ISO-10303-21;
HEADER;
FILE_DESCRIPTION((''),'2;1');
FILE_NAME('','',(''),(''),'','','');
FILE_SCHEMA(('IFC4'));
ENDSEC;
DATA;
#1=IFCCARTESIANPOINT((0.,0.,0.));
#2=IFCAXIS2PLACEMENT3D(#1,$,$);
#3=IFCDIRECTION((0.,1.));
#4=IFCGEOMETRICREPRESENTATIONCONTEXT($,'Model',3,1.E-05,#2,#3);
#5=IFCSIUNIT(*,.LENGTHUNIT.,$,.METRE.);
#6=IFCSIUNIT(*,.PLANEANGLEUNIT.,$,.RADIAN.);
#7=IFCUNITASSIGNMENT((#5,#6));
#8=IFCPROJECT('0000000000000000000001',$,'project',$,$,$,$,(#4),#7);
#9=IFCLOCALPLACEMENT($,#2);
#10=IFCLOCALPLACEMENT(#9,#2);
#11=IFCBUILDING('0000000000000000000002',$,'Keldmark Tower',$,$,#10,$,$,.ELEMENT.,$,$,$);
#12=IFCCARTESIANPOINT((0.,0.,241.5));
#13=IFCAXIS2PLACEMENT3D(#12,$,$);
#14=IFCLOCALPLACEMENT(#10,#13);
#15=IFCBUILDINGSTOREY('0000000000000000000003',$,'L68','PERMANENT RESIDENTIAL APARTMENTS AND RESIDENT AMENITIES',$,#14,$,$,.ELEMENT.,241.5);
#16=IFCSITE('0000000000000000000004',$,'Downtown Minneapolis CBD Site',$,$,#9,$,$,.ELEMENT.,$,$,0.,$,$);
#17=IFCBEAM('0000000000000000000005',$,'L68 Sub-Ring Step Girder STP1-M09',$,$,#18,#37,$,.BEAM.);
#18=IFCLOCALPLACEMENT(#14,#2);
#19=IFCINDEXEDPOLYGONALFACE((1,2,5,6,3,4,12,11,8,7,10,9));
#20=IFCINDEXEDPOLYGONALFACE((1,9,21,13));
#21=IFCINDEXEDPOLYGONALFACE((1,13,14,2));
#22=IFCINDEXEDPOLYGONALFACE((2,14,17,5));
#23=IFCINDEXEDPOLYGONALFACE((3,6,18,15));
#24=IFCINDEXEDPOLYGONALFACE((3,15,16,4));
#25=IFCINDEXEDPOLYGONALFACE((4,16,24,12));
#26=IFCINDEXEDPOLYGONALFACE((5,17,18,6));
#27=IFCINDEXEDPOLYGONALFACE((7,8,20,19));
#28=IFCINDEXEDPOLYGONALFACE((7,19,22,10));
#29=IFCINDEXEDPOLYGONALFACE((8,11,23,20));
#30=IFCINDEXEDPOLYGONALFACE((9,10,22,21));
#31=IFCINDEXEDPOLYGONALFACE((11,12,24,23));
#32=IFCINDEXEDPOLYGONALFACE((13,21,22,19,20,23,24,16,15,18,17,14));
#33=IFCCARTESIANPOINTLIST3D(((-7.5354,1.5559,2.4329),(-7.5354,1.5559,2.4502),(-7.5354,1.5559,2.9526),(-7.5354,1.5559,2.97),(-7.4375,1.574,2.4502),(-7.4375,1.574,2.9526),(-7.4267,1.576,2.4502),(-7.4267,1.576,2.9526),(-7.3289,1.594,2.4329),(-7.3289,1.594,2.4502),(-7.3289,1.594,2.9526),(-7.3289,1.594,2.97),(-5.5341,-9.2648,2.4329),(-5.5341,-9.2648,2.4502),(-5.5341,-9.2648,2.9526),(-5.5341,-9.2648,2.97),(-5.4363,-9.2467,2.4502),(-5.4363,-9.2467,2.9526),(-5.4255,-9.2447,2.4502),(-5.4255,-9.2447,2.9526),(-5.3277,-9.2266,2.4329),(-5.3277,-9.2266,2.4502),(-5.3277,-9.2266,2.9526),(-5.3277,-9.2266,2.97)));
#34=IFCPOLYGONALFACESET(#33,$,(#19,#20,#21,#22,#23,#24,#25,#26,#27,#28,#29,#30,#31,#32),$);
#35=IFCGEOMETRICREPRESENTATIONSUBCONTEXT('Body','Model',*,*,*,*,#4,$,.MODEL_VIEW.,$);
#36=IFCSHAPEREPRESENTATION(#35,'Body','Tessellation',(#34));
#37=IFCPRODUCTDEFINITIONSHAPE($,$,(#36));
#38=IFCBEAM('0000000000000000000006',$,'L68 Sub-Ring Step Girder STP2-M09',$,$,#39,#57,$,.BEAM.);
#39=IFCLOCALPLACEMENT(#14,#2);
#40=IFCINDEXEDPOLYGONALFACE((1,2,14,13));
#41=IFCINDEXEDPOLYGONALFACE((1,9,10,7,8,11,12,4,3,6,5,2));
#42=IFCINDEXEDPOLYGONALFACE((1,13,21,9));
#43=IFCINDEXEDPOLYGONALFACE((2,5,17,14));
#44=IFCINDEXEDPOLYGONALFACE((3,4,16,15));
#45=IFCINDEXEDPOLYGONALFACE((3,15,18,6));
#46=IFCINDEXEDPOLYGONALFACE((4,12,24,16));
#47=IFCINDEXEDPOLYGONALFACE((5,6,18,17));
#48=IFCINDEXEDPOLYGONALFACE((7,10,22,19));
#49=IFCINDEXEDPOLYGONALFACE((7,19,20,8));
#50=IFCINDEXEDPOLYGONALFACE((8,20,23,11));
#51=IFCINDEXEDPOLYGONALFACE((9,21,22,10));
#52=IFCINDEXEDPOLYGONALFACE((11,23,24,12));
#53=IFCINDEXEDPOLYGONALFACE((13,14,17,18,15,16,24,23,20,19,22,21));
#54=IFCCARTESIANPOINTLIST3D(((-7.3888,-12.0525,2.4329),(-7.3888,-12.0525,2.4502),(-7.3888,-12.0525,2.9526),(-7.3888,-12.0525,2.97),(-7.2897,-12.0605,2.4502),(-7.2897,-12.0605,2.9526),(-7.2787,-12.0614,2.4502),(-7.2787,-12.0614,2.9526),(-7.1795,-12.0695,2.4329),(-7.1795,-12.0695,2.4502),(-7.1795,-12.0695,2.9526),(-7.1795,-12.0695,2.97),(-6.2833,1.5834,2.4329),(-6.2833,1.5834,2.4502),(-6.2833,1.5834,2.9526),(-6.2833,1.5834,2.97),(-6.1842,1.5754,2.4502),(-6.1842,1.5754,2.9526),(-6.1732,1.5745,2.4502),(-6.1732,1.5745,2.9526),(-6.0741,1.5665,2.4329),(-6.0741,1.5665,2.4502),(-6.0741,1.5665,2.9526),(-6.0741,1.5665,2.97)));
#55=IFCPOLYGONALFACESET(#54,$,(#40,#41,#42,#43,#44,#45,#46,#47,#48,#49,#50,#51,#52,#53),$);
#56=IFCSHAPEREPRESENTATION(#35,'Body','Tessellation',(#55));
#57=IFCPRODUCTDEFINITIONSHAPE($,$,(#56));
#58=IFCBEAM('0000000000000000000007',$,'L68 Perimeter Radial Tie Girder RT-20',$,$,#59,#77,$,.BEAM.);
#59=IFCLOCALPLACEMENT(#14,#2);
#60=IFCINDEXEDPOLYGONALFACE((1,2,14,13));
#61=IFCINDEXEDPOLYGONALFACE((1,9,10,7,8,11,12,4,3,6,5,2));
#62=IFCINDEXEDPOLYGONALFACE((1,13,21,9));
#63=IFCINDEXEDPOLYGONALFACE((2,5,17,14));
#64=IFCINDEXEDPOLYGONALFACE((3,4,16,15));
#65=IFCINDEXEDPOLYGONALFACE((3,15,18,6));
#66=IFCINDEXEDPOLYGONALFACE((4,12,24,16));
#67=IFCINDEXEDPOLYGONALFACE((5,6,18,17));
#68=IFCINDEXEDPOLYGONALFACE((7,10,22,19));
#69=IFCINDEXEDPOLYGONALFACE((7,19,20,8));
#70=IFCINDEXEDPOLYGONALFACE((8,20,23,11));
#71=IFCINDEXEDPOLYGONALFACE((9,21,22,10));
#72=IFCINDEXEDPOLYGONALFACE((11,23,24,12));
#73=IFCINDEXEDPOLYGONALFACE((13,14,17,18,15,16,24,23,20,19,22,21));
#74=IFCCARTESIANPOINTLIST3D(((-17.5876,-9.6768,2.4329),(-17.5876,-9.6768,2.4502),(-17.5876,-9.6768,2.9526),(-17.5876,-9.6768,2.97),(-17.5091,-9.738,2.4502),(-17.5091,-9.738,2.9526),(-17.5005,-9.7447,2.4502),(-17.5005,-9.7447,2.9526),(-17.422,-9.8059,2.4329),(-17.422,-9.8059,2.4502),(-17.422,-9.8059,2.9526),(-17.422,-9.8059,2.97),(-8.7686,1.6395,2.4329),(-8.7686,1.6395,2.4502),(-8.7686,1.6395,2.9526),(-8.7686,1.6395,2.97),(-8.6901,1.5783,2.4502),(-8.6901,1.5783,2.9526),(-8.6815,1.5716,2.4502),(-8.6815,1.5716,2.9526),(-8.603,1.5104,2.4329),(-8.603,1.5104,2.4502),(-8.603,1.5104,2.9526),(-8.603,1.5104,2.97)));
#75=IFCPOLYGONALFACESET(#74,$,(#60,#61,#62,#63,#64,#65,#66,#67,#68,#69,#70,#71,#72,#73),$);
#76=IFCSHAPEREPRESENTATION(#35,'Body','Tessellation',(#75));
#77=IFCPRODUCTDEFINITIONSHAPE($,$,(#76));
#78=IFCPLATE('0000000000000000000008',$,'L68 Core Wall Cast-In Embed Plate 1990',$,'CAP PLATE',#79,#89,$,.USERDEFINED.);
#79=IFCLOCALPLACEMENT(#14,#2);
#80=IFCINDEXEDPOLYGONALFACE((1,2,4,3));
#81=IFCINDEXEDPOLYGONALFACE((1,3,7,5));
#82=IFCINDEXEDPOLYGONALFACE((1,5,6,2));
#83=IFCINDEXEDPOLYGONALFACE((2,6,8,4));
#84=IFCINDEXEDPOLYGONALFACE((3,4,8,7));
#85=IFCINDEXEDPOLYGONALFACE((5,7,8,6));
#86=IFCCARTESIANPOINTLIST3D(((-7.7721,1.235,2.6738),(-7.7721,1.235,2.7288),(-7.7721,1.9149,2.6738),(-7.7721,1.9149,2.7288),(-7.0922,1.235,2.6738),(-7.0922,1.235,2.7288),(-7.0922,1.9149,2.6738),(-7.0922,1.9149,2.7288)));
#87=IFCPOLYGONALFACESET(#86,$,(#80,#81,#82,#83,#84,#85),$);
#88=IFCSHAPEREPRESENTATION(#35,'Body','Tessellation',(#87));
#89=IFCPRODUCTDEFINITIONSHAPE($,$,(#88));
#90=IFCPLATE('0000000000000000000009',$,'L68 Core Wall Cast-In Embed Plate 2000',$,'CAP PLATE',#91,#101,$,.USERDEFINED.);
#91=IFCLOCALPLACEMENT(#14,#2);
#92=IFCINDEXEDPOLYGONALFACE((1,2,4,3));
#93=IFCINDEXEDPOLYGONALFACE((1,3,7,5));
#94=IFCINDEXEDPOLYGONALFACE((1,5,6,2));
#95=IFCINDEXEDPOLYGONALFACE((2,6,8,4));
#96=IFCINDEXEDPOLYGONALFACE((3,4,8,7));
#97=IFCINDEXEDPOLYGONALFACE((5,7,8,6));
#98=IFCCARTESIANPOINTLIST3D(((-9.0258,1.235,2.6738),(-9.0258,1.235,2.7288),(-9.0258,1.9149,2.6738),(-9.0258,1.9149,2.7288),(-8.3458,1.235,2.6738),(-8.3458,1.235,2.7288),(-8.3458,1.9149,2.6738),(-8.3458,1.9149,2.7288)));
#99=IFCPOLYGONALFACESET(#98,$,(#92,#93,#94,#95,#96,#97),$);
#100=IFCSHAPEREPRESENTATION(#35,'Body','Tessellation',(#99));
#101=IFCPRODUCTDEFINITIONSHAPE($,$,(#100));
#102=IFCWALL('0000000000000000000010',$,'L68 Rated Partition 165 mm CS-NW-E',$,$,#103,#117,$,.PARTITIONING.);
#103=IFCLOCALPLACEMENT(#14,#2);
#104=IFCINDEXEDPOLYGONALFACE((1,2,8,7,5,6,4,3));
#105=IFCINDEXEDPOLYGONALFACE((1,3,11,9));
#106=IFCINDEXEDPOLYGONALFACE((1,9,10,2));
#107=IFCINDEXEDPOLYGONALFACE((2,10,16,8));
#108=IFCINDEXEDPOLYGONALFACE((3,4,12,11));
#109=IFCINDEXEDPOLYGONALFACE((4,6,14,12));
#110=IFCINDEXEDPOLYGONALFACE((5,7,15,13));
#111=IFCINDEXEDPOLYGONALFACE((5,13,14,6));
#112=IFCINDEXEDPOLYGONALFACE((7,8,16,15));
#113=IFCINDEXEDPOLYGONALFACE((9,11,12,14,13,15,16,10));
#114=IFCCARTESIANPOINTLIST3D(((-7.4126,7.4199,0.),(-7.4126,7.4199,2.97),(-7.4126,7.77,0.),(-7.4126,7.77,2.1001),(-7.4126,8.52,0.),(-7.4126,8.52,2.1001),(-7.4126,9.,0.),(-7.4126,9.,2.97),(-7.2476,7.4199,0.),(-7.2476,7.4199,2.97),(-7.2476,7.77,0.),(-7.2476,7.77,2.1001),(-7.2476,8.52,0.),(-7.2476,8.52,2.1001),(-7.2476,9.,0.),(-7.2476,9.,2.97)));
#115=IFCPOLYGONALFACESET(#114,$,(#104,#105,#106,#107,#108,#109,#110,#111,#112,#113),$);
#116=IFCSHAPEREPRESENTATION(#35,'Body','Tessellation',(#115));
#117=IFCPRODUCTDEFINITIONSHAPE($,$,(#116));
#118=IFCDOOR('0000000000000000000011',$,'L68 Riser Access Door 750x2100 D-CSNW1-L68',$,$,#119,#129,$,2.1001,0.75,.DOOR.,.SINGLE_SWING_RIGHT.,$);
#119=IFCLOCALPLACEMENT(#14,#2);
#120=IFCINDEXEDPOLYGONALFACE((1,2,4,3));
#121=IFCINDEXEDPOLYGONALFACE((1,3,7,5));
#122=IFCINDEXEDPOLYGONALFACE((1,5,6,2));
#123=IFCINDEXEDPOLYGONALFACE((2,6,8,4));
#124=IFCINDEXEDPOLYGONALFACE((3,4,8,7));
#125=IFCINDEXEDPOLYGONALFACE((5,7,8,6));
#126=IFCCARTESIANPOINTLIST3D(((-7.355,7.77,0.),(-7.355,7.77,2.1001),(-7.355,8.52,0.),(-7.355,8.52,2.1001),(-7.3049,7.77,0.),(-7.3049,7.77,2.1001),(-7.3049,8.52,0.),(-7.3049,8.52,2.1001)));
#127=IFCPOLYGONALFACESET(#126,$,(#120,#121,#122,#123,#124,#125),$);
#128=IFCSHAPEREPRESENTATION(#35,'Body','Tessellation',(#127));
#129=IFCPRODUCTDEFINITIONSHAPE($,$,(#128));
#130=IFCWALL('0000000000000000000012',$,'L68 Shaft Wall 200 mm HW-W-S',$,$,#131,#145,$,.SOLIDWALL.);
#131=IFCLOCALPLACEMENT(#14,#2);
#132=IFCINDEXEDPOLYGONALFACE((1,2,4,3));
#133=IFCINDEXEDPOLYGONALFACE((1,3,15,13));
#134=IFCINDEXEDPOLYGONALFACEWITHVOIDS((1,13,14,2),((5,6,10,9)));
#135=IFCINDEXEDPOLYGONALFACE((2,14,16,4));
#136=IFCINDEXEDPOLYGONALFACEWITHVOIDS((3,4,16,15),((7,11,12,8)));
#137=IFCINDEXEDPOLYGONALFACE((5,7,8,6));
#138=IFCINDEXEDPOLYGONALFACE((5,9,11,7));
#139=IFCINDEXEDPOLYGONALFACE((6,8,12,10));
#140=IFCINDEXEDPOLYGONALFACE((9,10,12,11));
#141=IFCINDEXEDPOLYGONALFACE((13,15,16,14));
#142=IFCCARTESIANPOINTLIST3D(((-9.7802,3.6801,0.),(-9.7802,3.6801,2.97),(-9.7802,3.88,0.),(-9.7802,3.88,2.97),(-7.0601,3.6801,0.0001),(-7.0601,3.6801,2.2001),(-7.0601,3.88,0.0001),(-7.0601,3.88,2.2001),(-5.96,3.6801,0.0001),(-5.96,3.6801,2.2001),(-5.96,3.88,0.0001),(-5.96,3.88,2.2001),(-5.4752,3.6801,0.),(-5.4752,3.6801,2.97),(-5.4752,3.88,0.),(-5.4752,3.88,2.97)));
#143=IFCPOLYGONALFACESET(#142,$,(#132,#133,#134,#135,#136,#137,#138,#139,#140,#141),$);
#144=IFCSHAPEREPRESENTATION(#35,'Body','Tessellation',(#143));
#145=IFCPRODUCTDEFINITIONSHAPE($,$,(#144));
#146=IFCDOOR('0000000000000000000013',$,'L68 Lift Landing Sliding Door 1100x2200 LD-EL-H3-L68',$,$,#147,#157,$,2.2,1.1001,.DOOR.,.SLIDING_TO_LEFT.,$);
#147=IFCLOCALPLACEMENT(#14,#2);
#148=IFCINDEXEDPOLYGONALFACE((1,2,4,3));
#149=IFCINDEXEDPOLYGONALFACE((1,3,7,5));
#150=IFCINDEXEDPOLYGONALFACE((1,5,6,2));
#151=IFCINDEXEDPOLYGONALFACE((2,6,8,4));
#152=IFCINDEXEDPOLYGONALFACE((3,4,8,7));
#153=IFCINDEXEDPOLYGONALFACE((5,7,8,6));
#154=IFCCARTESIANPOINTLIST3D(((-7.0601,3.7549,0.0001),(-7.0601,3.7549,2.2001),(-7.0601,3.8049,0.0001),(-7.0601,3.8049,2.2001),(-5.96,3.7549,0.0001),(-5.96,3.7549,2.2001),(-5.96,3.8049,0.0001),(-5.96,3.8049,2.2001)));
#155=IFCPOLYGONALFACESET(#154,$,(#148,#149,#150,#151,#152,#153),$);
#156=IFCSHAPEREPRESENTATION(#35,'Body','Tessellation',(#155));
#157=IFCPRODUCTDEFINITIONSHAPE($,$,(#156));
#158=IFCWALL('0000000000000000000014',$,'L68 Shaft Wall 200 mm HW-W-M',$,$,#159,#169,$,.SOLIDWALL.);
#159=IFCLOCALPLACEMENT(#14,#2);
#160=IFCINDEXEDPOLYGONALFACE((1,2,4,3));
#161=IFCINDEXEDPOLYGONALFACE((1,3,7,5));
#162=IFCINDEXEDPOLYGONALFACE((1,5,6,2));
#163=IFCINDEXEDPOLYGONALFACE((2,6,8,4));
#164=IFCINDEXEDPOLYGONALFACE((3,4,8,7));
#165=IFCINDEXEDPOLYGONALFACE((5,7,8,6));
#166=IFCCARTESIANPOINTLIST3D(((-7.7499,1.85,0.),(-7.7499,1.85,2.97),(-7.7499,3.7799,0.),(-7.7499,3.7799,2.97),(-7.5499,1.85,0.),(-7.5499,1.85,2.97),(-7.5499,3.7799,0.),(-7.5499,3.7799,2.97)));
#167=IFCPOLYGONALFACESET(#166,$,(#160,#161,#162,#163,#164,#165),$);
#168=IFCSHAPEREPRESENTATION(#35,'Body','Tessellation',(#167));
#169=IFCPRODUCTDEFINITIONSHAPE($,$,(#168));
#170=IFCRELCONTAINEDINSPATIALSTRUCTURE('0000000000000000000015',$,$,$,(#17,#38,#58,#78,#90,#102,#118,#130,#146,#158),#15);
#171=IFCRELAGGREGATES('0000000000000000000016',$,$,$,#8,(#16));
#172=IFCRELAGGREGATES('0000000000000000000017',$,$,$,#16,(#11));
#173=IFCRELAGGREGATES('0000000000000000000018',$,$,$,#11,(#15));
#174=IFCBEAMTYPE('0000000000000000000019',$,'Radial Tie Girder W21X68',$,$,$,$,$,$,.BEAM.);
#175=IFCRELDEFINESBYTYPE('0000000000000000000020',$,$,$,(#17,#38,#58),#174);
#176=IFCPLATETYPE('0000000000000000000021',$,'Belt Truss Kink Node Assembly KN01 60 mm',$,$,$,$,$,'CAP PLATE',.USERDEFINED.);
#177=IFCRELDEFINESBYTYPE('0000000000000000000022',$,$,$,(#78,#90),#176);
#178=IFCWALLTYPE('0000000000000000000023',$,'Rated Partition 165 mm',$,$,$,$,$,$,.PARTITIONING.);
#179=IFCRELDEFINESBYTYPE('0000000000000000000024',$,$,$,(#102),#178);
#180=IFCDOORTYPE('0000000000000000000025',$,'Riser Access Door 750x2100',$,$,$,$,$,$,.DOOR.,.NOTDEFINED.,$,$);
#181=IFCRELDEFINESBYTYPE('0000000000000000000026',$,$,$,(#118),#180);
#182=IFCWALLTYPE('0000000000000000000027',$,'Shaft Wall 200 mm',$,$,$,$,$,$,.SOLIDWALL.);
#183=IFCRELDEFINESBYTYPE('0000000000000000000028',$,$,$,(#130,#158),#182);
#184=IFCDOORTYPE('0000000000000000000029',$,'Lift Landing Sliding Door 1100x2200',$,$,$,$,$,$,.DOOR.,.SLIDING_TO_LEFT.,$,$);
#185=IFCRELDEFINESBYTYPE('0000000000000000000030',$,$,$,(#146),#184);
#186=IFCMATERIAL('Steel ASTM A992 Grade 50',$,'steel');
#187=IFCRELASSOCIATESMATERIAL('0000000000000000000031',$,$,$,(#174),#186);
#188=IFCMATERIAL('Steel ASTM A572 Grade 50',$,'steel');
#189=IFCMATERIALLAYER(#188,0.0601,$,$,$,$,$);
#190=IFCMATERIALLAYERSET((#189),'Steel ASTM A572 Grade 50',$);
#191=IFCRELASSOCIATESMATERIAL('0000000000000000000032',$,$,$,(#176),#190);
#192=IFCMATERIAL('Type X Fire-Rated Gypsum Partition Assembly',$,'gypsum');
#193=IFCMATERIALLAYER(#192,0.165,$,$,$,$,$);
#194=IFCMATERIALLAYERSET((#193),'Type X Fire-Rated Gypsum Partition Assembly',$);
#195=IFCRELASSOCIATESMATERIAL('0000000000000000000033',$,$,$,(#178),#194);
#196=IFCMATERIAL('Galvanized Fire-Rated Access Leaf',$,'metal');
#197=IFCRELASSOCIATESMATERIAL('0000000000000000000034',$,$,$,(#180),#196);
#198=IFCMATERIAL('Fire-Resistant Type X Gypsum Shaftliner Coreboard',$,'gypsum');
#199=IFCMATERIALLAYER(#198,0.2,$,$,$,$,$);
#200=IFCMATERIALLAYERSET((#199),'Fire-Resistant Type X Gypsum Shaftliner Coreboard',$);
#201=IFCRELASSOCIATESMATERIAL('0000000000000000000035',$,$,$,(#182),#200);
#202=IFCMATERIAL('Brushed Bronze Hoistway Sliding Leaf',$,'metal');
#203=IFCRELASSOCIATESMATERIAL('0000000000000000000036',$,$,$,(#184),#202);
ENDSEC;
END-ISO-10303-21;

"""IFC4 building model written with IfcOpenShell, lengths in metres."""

from ifc_helpers import new_model, si_unit, direction, frame, frame_2d, origin, origin_2d, place, context, subcontext, project, spatial, rectangle, i_section, extrude, material, layer, layer_set, material_profile, profile_set, type_object, element, fill, save


model = new_model("IFC4")

# Units and contexts
model_context = context("Model", 3, precision=1e-05, world=origin(), true_north=direction((0.0, 1.0)))
body_context = subcontext(model_context, "Body", "Model", "MODEL_VIEW")
ifc_project = project(units=[si_unit("LENGTHUNIT", "METRE"), si_unit("PLANEANGLEUNIT", "RADIAN")], contexts=[model_context])

# Site, building, storey
site_placement = place(None, origin())
site = spatial("IfcSite", under=ifc_project, at=site_placement, Name="Downtown Minneapolis CBD Site", CompositionType="ELEMENT", RefElevation=0.0)
building_placement = place(site_placement, origin())
building = spatial("IfcBuilding", under=site, at=building_placement, Name="Keldmark Tower", CompositionType="ELEMENT")
storey_placement = place(building_placement, frame((0.0, 0.0, 241.5)))
storey = spatial("IfcBuildingStorey", under=building, at=storey_placement, Name="L68", Description="PERMANENT RESIDENTIAL APARTMENTS AND RESIDENT AMENITIES", CompositionType="ELEMENT", Elevation=241.5)

# Beams
ifc_material_1 = material(Name="Steel ASTM A992 Grade 50", Category="steel")
ifc_material_profile = material_profile(ifc_material_1, i_section(OverallWidth=0.21, OverallDepth=0.5371, WebThickness=0.011, FlangeThickness=0.0173, at=origin_2d()), Name="W21X68")
ifc_profile_set = profile_set([ifc_material_profile], Name="Steel ASTM A992 Grade 50")
beam_type = type_object("IfcBeamType", Name="Radial Tie Girder W21X68", PredefinedType="BEAM", material=ifc_profile_set)
beam_1_placement = place(storey_placement, frame((-7.4321, 1.575, 2.7014), z_axis=(0.181862, -0.983324, 0.0), x_axis=(0.983324, 0.181862, 0.0)))
element("IfcBeam", 1, at=beam_1_placement, inside=storey, type_object=beam_type, Name="L68 Sub-Ring Step Girder STP1-M09", PredefinedType="BEAM", context=body_context, shape_type="SweptSolid", body=[
    extrude(i_section(OverallWidth=0.21, OverallDepth=0.5371, WebThickness=0.011, FlangeThickness=0.0173, at=origin_2d()), origin(), (0.0, 0.0, 1.0), 11.0042),
])
beam_2_placement = place(storey_placement, frame((-6.1787, 1.575, 2.7014), z_axis=(-0.080805, -0.99673, 0.0), x_axis=(0.99673, -0.080805, 0.0)))
element("IfcBeam", 2, at=beam_2_placement, inside=storey, type_object=beam_type, Name="L68 Sub-Ring Step Girder STP2-M09", PredefinedType="BEAM", context=body_context, shape_type="SweptSolid", body=[
    extrude(i_section(OverallWidth=0.21, OverallDepth=0.5371, WebThickness=0.011, FlangeThickness=0.0173, at=origin_2d()), origin(), (0.0, 0.0, 1.0), 13.6807),
])
beam_3_placement = place(storey_placement, frame((-8.6858, 1.575, 2.7014), z_axis=(-0.614698, -0.788763, 0.0), x_axis=(0.788763, -0.614698, 0.0)))
element("IfcBeam", 3, at=beam_3_placement, inside=storey, type_object=beam_type, Name="L68 Perimeter Radial Tie Girder RT-20", PredefinedType="BEAM", context=body_context, shape_type="SweptSolid", body=[
    extrude(i_section(OverallWidth=0.21, OverallDepth=0.5371, WebThickness=0.011, FlangeThickness=0.0173, at=origin_2d()), origin(), (0.0, 0.0, 1.0), 14.3469),
])

# Plates
ifc_material_2 = material(Name="Steel ASTM A572 Grade 50", Category="steel")
ifc_layer_1 = layer(ifc_material_2, 0.0601)
ifc_layer_set_1 = layer_set([ifc_layer_1], Name="Steel ASTM A572 Grade 50")
plate_type = type_object("IfcPlateType", Name="Belt Truss Kink Node Assembly KN01 60 mm", ElementType="CAP PLATE", PredefinedType="USERDEFINED", material=ifc_layer_set_1)
for number, where, z_axis, x_axis, name in (
    (4, (-7.4321, 1.575, 2.6738), (0.0, 0.0, 1.0), (1.0, 0.0, 0.0), "L68 Core Wall Cast-In Embed Plate 1990"),
    (5, (-8.6858, 1.575, 2.6738), (0.0, 0.0, 1.0), (1.0, 0.0, 0.0), "L68 Core Wall Cast-In Embed Plate 2000"),
):
    element("IfcPlate", number, at=place(storey_placement, frame(where, z_axis=z_axis, x_axis=x_axis)), inside=storey, type_object=plate_type, Name=name, ObjectType="CAP PLATE", PredefinedType="USERDEFINED", context=body_context, shape_type="SweptSolid", body=[
        extrude(rectangle(XDim=0.6799, YDim=0.6799, at=origin_2d()), origin(), (0.0, 0.0, 1.0), 0.0549),
    ])

# Walls, openings, doors
ifc_material_3 = material(Name="Type X Fire-Rated Gypsum Partition Assembly", Category="gypsum")
ifc_layer_2 = layer(ifc_material_3, 0.165)
ifc_layer_set_2 = layer_set([ifc_layer_2], Name="Type X Fire-Rated Gypsum Partition Assembly")
wall_type_1 = type_object("IfcWallType", Name="Rated Partition 165 mm", PredefinedType="PARTITIONING", material=ifc_layer_set_2)
wall_1_placement = place(storey_placement, frame((-7.3301, 7.4199, 0.0), z_axis=(0.0, 0.0, 1.0), x_axis=(0.0, 1.0, 0.0)))
wall_1 = element("IfcWall", 6, at=wall_1_placement, inside=storey, type_object=wall_type_1, Name="L68 Rated Partition 165 mm CS-NW-E", PredefinedType="PARTITIONING", context=body_context, shape_type="SweptSolid", body=[
    extrude(rectangle(XDim=1.5801, YDim=0.165, at=frame_2d((0.79, 0.0))), origin(), (0.0, 0.0, 1.0), 2.97),
])
opening_1_placement = place(wall_1_placement, frame((0.3501, 0.0, 0.0)))
opening_1 = element("IfcOpeningElement", 7, at=opening_1_placement, cuts=wall_1, PredefinedType="OPENING", context=body_context, shape_type="SweptSolid", body=[
    extrude(rectangle(XDim=0.75, YDim=2.1001, at=frame_2d((0.375, 1.05))), frame((0.0, 0.0925, 0.0), z_axis=(0.0, -1.0, 0.0), x_axis=(1.0, 0.0, 0.0)), (0.0, 0.0, 1.0), 0.1851),
])
ifc_material_4 = material(Name="Galvanized Fire-Rated Access Leaf", Category="metal")
door_type_1 = type_object("IfcDoorType", Name="Riser Access Door 750x2100", OperationType="NOTDEFINED", PredefinedType="DOOR", material=ifc_material_4)
door_1_placement = place(opening_1_placement, origin())
door_1 = element("IfcDoor", 8, at=door_1_placement, inside=storey, type_object=door_type_1, Name="L68 Riser Access Door 750x2100 D-CSNW1-L68", OperationType="SINGLE_SWING_RIGHT", OverallHeight=2.1001, OverallWidth=0.75, PredefinedType="DOOR", context=body_context, shape_type="SweptSolid", body=[
    extrude(rectangle(XDim=0.75, YDim=2.1001, at=frame_2d((0.375, 1.05))), frame((0.0, 0.0249, 0.0), z_axis=(0.0, -1.0, 0.0), x_axis=(1.0, 0.0, 0.0)), (0.0, 0.0, 1.0), 0.05),
])
fill(opening_1, door_1)
ifc_material_5 = material(Name="Fire-Resistant Type X Gypsum Shaftliner Coreboard", Category="gypsum")
ifc_layer_3 = layer(ifc_material_5, 0.2)
ifc_layer_set_3 = layer_set([ifc_layer_3], Name="Fire-Resistant Type X Gypsum Shaftliner Coreboard")
wall_type_2 = type_object("IfcWallType", Name="Shaft Wall 200 mm", PredefinedType="SOLIDWALL", material=ifc_layer_set_3)
wall_2_placement = place(storey_placement, frame((-9.78, 3.78, 0.0), z_axis=(0.0, 0.0, 1.0), x_axis=(1.0, 0.0, 0.0)))
wall_2 = element("IfcWall", 9, at=wall_2_placement, inside=storey, type_object=wall_type_2, Name="L68 Shaft Wall 200 mm HW-W-S", PredefinedType="SOLIDWALL", context=body_context, shape_type="SweptSolid", body=[
    extrude(rectangle(XDim=4.3049, YDim=0.2, at=frame_2d((2.1523, 0.0))), origin(), (0.0, 0.0, 1.0), 2.97),
])
opening_2_placement = place(wall_2_placement, frame((2.72, 0.0, 0.0)))
opening_2 = element("IfcOpeningElement", 10, at=opening_2_placement, cuts=wall_2, PredefinedType="OPENING", context=body_context, shape_type="SweptSolid", body=[
    extrude(rectangle(XDim=1.1001, YDim=2.2, at=frame_2d((0.55, 1.1001))), frame((0.0, 0.1099, 0.0), z_axis=(0.0, -1.0, 0.0), x_axis=(1.0, 0.0, 0.0)), (0.0, 0.0, 1.0), 0.22),
])
ifc_material_6 = material(Name="Brushed Bronze Hoistway Sliding Leaf", Category="metal")
door_type_2 = type_object("IfcDoorType", Name="Lift Landing Sliding Door 1100x2200", OperationType="SLIDING_TO_LEFT", PredefinedType="DOOR", material=ifc_material_6)
door_2_placement = place(opening_2_placement, origin())
door_2 = element("IfcDoor", 11, at=door_2_placement, inside=storey, type_object=door_type_2, Name="L68 Lift Landing Sliding Door 1100x2200 LD-EL-H3-L68", OperationType="SLIDING_TO_LEFT", OverallHeight=2.2, OverallWidth=1.1001, PredefinedType="DOOR", context=body_context, shape_type="SweptSolid", body=[
    extrude(rectangle(XDim=1.1001, YDim=2.2, at=frame_2d((0.55, 1.1001))), frame((0.0, 0.0249, 0.0), z_axis=(0.0, -1.0, 0.0), x_axis=(1.0, 0.0, 0.0)), (0.0, 0.0, 1.0), 0.05),
])
fill(opening_2, door_2)

# Wall
wall_3_placement = place(storey_placement, frame((-7.6499, 1.8501, 0.0), z_axis=(0.0, 0.0, 1.0), x_axis=(0.0, 1.0, 0.0)))
element("IfcWall", 12, at=wall_3_placement, inside=storey, type_object=wall_type_2, Name="L68 Shaft Wall 200 mm HW-W-M", PredefinedType="SOLIDWALL", context=body_context, shape_type="SweptSolid", body=[
    extrude(rectangle(XDim=1.9299, YDim=0.2, at=frame_2d((0.9648, 0.0))), origin(), (0.0, 0.0, 1.0), 2.97),
])

save(model, "model.ifc")
